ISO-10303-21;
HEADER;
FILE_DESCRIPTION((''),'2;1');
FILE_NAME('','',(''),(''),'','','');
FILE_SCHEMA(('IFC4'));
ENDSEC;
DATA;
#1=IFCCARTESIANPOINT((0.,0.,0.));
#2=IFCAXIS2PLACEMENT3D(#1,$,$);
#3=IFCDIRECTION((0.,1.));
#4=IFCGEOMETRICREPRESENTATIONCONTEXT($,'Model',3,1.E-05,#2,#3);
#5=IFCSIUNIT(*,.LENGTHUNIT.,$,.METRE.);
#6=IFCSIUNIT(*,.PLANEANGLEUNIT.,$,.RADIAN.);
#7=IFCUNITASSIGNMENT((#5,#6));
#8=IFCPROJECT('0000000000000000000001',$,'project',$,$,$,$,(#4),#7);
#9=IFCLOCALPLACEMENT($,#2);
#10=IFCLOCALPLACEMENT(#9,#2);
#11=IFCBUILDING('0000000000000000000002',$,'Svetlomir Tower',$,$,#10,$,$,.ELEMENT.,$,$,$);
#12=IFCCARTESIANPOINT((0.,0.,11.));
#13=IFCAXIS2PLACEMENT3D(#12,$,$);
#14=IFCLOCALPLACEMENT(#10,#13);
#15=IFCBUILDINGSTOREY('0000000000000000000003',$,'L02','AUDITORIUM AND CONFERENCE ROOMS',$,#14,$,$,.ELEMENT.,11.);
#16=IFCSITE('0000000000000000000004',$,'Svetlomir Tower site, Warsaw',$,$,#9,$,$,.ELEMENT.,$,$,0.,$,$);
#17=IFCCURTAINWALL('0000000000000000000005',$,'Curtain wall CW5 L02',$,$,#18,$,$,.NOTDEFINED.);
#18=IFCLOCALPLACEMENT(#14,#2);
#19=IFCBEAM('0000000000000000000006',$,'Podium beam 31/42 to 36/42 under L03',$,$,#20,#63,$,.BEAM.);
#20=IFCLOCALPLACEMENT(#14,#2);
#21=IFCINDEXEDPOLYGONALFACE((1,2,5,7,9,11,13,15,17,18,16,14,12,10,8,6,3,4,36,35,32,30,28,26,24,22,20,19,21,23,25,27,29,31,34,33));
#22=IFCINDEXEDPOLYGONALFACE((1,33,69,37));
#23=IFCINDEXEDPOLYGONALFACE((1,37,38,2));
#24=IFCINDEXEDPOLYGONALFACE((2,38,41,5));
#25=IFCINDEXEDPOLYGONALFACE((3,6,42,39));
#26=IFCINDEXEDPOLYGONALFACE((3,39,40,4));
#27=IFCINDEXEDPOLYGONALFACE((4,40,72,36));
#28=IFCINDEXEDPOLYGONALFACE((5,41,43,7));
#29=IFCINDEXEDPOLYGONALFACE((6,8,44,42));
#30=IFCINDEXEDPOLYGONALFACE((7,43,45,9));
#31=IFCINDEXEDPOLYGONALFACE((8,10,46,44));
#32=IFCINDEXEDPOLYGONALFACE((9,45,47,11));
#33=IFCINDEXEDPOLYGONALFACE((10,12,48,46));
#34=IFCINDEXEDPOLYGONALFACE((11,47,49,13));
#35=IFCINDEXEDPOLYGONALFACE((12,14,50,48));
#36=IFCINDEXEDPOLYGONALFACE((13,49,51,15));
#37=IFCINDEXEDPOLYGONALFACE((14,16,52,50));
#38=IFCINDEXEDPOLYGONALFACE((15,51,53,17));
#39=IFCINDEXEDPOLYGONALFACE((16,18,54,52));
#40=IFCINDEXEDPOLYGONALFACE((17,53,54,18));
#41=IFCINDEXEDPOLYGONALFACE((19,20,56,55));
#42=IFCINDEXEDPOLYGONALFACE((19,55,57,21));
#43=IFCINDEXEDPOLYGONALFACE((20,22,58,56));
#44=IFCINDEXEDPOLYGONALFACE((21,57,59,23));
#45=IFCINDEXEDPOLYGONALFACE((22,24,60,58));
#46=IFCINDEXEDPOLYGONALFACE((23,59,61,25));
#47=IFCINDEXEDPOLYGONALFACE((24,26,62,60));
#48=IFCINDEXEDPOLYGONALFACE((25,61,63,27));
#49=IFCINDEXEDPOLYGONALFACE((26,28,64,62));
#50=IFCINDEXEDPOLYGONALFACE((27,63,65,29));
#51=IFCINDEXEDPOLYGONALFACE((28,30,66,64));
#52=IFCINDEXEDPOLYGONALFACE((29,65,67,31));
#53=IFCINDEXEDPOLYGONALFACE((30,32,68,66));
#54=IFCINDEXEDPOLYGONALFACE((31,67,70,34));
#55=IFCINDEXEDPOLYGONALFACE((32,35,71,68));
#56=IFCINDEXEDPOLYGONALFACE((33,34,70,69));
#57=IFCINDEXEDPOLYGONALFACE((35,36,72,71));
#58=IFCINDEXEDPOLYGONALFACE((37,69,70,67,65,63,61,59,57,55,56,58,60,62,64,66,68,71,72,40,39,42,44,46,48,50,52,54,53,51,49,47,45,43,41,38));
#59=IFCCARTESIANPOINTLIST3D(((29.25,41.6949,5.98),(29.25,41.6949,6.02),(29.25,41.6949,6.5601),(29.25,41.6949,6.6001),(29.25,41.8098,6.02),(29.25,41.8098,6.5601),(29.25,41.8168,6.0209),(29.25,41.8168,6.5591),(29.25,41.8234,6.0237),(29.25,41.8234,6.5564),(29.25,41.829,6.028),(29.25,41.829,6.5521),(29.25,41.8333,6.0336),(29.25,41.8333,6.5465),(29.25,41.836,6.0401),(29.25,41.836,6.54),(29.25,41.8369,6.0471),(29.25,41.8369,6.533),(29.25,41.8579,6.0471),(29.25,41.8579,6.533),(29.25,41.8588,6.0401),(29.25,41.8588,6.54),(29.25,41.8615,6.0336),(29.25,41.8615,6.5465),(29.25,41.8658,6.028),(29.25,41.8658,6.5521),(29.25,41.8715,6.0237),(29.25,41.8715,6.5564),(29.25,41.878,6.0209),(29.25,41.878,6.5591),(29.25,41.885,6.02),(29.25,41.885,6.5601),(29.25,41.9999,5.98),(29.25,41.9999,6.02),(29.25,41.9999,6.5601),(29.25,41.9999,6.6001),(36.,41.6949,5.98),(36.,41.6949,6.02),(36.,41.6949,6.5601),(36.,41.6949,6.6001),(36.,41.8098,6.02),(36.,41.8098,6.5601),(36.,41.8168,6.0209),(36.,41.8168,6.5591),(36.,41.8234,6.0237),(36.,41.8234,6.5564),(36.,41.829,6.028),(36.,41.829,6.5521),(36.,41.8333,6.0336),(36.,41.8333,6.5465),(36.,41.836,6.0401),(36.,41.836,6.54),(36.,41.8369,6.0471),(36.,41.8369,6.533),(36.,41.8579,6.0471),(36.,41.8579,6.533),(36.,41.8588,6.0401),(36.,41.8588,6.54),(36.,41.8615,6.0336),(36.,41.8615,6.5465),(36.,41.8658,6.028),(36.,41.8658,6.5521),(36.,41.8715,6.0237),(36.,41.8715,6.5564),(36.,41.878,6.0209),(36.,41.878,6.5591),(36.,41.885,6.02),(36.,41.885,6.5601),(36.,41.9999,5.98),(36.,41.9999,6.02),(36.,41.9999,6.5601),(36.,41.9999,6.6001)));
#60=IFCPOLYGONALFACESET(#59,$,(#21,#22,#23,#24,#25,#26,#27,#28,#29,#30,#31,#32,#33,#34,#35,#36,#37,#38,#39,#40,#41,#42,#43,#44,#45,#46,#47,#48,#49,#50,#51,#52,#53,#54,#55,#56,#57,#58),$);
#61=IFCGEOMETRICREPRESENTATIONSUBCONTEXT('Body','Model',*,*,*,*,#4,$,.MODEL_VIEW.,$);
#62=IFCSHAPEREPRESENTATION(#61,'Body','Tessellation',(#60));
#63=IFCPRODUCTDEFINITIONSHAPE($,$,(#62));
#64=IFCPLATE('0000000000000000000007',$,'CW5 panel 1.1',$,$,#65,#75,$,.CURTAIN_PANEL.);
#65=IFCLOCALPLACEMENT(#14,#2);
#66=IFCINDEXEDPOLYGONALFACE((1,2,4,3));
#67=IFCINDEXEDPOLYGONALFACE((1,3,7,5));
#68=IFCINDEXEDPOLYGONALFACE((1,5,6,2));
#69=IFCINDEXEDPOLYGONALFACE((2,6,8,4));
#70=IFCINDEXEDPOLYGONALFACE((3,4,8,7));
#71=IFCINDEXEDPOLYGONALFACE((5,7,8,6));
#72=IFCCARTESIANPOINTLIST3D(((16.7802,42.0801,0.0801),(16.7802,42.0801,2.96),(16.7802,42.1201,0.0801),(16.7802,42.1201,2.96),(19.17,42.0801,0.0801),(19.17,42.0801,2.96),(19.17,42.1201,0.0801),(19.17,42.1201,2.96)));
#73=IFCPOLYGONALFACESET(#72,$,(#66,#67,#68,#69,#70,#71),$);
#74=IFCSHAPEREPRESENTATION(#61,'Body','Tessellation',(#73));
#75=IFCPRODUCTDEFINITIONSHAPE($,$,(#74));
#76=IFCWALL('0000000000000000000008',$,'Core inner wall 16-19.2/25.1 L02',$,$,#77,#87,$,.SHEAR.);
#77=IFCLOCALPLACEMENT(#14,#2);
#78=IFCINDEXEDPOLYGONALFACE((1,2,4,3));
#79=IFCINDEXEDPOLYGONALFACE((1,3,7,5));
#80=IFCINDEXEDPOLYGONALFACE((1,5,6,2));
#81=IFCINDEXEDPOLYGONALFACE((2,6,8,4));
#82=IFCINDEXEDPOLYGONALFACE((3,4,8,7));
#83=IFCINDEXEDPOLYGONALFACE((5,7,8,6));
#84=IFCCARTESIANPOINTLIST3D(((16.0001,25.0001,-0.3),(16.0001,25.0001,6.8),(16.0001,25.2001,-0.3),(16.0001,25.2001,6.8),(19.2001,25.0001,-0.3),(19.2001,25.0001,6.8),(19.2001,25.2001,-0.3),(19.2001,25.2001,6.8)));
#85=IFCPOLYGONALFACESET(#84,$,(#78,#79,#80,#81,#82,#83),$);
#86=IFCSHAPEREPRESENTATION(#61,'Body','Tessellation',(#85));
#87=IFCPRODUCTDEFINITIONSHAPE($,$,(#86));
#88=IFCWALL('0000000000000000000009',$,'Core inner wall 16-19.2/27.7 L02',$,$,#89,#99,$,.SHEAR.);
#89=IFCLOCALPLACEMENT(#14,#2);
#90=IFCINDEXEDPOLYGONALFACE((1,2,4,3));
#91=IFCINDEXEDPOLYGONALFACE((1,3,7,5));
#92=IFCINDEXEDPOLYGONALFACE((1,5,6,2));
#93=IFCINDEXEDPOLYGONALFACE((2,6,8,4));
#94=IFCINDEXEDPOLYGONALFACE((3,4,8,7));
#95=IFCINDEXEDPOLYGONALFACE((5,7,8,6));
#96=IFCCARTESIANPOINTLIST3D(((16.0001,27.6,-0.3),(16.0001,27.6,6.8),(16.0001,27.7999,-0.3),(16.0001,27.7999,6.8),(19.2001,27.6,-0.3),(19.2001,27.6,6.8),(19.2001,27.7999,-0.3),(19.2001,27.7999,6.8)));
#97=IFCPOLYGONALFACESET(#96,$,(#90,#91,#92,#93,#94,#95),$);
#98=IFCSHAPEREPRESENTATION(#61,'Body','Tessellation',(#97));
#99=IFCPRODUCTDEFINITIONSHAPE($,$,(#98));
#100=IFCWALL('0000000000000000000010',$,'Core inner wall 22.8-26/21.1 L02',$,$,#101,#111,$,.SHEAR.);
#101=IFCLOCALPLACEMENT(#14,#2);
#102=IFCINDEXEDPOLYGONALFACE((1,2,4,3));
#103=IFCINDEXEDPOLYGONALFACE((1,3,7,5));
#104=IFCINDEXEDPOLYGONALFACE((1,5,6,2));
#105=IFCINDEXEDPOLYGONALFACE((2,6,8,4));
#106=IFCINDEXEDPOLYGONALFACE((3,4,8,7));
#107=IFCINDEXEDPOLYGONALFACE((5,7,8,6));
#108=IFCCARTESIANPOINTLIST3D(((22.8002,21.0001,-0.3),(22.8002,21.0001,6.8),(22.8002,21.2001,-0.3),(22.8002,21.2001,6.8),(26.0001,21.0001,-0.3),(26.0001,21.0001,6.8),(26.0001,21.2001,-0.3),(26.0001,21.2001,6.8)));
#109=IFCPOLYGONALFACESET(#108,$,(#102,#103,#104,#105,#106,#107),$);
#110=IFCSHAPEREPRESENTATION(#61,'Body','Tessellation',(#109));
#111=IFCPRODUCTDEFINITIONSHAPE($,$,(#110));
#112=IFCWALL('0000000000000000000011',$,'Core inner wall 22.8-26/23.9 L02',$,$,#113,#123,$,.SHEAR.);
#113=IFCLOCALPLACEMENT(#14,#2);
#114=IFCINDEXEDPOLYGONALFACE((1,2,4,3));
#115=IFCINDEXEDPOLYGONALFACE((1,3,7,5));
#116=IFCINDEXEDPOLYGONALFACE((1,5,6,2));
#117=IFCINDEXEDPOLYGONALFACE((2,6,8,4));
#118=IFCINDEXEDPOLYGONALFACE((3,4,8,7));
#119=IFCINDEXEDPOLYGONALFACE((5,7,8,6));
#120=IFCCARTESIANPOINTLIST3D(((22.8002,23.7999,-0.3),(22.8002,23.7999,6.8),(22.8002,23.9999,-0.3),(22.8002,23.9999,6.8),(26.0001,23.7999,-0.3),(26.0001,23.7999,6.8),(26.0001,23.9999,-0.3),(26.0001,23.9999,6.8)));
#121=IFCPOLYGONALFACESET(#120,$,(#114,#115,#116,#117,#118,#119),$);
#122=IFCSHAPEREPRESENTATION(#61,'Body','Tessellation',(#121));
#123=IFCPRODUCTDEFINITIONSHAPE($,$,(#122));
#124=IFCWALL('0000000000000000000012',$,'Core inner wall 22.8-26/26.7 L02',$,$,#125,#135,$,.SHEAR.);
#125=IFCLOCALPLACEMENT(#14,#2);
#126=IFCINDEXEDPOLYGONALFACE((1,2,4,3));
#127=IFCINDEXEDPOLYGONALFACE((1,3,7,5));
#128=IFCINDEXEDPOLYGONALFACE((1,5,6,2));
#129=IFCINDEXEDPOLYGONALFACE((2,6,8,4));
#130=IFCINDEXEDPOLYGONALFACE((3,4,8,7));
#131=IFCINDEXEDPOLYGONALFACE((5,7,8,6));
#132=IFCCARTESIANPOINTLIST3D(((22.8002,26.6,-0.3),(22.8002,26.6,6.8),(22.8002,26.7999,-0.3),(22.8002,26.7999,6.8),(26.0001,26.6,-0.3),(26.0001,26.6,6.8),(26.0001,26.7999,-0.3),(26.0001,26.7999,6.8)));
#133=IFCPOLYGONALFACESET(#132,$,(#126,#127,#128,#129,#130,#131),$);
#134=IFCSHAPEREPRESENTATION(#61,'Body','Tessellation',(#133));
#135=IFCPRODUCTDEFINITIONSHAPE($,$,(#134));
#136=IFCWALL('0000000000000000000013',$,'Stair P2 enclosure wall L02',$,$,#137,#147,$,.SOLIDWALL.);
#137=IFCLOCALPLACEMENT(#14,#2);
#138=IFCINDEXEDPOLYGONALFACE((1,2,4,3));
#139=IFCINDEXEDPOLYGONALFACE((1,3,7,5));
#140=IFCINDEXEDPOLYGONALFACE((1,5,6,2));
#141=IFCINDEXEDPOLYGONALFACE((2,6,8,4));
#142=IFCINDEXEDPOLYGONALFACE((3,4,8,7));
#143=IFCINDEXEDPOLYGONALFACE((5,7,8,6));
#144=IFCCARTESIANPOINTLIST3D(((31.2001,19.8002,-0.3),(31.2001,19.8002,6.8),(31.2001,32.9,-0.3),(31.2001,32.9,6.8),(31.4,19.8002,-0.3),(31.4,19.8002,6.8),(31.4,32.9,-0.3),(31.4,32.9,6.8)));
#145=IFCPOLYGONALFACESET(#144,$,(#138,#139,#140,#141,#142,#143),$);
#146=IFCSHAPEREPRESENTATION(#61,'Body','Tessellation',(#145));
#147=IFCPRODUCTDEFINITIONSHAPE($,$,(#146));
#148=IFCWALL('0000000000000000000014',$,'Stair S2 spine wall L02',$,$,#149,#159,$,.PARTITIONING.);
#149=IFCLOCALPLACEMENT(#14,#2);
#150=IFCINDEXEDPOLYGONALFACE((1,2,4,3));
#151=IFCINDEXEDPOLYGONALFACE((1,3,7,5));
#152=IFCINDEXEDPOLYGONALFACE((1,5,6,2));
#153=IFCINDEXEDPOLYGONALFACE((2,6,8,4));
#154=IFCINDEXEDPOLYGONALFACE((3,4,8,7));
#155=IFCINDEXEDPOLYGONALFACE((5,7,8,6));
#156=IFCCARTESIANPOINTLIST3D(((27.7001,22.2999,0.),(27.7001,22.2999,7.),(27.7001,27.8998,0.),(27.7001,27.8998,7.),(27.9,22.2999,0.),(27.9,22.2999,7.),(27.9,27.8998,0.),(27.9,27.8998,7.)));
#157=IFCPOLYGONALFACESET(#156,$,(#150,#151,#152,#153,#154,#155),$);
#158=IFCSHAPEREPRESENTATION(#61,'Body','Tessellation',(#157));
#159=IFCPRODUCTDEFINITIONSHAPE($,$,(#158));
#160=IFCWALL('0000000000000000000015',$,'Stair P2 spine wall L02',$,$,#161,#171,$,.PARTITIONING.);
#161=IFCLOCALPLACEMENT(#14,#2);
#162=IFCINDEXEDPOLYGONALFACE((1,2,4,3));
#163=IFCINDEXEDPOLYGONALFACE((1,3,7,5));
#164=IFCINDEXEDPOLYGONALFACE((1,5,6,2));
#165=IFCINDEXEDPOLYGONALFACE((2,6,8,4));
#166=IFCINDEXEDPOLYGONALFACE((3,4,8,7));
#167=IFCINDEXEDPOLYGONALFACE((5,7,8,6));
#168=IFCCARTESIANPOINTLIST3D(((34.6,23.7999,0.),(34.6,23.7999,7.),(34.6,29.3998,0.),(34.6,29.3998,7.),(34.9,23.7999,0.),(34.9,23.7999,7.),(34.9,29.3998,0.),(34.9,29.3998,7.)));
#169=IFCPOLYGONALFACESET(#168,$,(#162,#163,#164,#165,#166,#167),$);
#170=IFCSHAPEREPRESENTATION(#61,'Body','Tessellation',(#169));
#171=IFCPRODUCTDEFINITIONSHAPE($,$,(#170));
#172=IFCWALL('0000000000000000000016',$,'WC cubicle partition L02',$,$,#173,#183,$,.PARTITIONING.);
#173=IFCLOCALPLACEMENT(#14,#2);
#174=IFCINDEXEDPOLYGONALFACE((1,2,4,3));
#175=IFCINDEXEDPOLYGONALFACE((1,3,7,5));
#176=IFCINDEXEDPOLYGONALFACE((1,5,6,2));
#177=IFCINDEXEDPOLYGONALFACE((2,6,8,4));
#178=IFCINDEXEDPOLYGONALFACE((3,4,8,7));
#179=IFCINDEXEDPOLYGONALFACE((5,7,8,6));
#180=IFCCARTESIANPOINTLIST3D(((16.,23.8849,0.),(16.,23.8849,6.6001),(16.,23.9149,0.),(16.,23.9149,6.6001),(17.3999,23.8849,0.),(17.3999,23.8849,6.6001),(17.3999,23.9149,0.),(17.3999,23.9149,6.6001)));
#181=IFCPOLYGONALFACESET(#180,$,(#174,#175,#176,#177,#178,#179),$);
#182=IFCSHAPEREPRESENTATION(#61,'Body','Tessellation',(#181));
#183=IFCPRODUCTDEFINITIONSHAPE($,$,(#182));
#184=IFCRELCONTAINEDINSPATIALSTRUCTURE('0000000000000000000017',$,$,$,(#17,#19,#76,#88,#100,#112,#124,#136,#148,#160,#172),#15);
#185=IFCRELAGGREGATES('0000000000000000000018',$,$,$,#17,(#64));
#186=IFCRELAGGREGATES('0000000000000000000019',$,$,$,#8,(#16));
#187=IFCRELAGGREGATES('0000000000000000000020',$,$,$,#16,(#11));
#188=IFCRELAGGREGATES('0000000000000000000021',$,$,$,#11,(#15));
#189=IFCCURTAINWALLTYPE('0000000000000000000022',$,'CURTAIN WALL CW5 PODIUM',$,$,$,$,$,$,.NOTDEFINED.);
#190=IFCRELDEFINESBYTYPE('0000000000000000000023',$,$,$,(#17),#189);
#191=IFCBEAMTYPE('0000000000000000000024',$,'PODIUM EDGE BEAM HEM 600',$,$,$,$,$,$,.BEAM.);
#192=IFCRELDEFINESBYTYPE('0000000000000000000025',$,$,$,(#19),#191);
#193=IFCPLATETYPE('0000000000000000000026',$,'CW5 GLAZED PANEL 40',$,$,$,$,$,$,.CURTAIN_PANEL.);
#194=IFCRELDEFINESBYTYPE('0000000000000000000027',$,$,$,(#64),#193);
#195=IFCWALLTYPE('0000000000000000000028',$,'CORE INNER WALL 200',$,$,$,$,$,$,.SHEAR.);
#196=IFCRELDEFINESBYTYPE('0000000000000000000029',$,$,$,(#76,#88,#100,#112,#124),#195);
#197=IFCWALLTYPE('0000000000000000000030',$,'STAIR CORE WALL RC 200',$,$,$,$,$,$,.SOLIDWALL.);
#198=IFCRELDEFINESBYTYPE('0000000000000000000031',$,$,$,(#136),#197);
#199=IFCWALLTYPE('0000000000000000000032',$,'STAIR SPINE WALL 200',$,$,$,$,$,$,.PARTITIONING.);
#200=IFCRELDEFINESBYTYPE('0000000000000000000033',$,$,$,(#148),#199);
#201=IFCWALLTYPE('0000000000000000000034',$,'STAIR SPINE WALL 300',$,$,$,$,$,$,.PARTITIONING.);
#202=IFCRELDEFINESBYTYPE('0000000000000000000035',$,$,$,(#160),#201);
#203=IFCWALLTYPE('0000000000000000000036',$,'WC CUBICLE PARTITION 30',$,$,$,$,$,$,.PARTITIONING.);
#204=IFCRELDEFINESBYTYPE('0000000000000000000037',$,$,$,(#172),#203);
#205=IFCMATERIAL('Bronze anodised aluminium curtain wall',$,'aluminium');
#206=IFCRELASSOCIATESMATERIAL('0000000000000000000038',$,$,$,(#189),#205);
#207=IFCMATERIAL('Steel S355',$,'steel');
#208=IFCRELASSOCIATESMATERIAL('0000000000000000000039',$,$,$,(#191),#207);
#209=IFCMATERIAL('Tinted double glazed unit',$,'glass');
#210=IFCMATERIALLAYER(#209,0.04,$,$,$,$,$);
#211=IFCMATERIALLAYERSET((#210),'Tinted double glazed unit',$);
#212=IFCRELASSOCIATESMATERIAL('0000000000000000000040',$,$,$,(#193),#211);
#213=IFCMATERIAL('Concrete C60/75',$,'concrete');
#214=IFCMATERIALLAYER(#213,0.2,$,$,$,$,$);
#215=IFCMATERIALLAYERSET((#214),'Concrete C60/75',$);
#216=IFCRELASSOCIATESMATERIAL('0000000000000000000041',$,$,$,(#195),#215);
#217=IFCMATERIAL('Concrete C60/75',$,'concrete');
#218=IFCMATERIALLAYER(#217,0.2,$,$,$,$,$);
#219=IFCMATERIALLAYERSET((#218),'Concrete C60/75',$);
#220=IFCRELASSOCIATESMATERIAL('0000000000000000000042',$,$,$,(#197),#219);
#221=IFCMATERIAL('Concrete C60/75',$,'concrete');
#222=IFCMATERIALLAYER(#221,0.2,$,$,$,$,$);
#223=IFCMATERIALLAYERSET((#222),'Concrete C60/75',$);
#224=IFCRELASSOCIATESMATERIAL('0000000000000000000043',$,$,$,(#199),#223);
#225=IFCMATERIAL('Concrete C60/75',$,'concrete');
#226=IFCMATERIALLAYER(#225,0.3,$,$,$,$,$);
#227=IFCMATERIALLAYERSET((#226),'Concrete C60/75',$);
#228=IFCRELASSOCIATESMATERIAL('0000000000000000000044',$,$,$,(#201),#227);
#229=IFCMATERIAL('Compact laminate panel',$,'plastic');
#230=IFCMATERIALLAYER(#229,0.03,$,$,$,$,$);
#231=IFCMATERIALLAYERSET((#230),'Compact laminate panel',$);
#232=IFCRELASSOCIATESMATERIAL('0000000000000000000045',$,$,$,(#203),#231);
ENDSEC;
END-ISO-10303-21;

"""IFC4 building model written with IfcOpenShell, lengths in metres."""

from ifc_helpers import new_model, si_unit, direction, frame, frame_2d, origin, origin_2d, place, context, subcontext, project, spatial, rectangle, i_section, extrude, material, layer, layer_set, material_profile, profile_set, type_object, element, aggregate, save


model = new_model("IFC4")

# Units and contexts
model_context = context("Model", 3, precision=1e-05, world=origin(), true_north=direction((0.0, 1.0)))
body_context = subcontext(model_context, "Body", "Model", "MODEL_VIEW")
ifc_project = project(units=[si_unit("LENGTHUNIT", "METRE"), si_unit("PLANEANGLEUNIT", "RADIAN")], contexts=[model_context])

# Site, building, storey
site_placement = place(None, origin())
site = spatial("IfcSite", under=ifc_project, at=site_placement, Name="Svetlomir Tower site, Warsaw", CompositionType="ELEMENT", RefElevation=0.0)
building_placement = place(site_placement, origin())
building = spatial("IfcBuilding", under=site, at=building_placement, Name="Svetlomir Tower", CompositionType="ELEMENT")
storey_placement = place(building_placement, frame((0.0, 0.0, 11.0)))
storey = spatial("IfcBuildingStorey", under=building, at=storey_placement, Name="L02", Description="AUDITORIUM AND CONFERENCE ROOMS", CompositionType="ELEMENT", Elevation=11.0)

# Curtain wall
ifc_material_1 = material(Name="Bronze anodised aluminium curtain wall", Category="aluminium")
curtain_wall_type = type_object("IfcCurtainWallType", Name="CURTAIN WALL CW5 PODIUM", PredefinedType="NOTDEFINED", material=ifc_material_1)
curtain_wall_placement = place(storey_placement, origin())
curtain_wall = element("IfcCurtainWall", 1, at=curtain_wall_placement, inside=storey, type_object=curtain_wall_type, Name="Curtain wall CW5 L02", PredefinedType="NOTDEFINED")

# Beam
ifc_material_2 = material(Name="Steel S355", Category="steel")
ifc_material_profile_1 = material_profile(ifc_material_2, i_section(OverallWidth=0.3049, OverallDepth=0.6201, WebThickness=0.021, FlangeThickness=0.04, FilletRadius=0.0271, at=origin_2d()), Name="HEM 600")
ifc_profile_set_1 = profile_set([ifc_material_profile_1], Name="Steel S355")
beam_type = type_object("IfcBeamType", Name="PODIUM EDGE BEAM HEM 600", PredefinedType="BEAM", material=ifc_profile_set_1)
beam_1_placement = place(storey_placement, frame((29.25, 41.8474, 6.29), z_axis=(1.0, 0.0, 0.0), x_axis=(0.0, 1.0, 0.0)))
element("IfcBeam", 2, at=beam_1_placement, inside=storey, type_object=beam_type, Name="Podium beam 31/42 to 36/42 under L03", PredefinedType="BEAM", context=body_context, shape_type="SweptSolid", body=[
    extrude(i_section(OverallWidth=0.3049, OverallDepth=0.6201, WebThickness=0.021, FlangeThickness=0.04, FilletRadius=0.0271, at=origin_2d()), origin(), (0.0, 0.0, 1.0), 6.75),
])

# Plate
ifc_material_3 = material(Name="Tinted double glazed unit", Category="glass")
ifc_layer_1 = layer(ifc_material_3, 0.04)
ifc_layer_set_1 = layer_set([ifc_layer_1], Name="Tinted double glazed unit")
plate_type = type_object("IfcPlateType", Name="CW5 GLAZED PANEL 40", PredefinedType="CURTAIN_PANEL", material=ifc_layer_set_1)
plate_placement = place(storey_placement, frame((17.9751, 42.1001, 0.0801), z_axis=(0.0, 0.0, 1.0), x_axis=(-1.0, 0.0, 0.0)))
plate = element("IfcPlate", 3, at=plate_placement, type_object=plate_type, Name="CW5 panel 1.1", PredefinedType="CURTAIN_PANEL", context=body_context, shape_type="SweptSolid", body=[
    extrude(rectangle(XDim=2.3899, YDim=0.04, at=origin_2d()), origin(), (0.0, 0.0, 1.0), 2.8799),
])
aggregate(curtain_wall, [plate])

# Walls
ifc_material_4 = material(Name="Concrete C60/75", Category="concrete")
ifc_layer_2 = layer(ifc_material_4, 0.2)
ifc_layer_set_2 = layer_set([ifc_layer_2], Name="Concrete C60/75")
wall_type_1 = type_object("IfcWallType", Name="CORE INNER WALL 200", PredefinedType="SHEAR", material=ifc_layer_set_2)
for number, where, z_axis, x_axis, name in (
    (4, (16.0, 25.1001, -0.3), (0.0, 0.0, 1.0), (1.0, 0.0, 0.0), "Core inner wall 16-19.2/25.1 L02"),
    (5, (16.0, 27.7, -0.3), (0.0, 0.0, 1.0), (1.0, 0.0, 0.0), "Core inner wall 16-19.2/27.7 L02"),
    (6, (22.8, 21.1001, -0.3), (0.0, 0.0, 1.0), (1.0, 0.0, 0.0), "Core inner wall 22.8-26/21.1 L02"),
    (7, (22.8, 23.8999, -0.3), (0.0, 0.0, 1.0), (1.0, 0.0, 0.0), "Core inner wall 22.8-26/23.9 L02"),
    (8, (22.8, 26.7, -0.3), (0.0, 0.0, 1.0), (1.0, 0.0, 0.0), "Core inner wall 22.8-26/26.7 L02"),
):
    element("IfcWall", number, at=place(storey_placement, frame(where, z_axis=z_axis, x_axis=x_axis)), inside=storey, type_object=wall_type_1, Name=name, PredefinedType="SHEAR", context=body_context, shape_type="SweptSolid", body=[
        extrude(rectangle(XDim=3.2, YDim=0.2, at=frame_2d((1.6001, 0.0))), origin(), (0.0, 0.0, 1.0), 7.1001),
    ])
ifc_material_5 = material(Name="Concrete C60/75", Category="concrete")
ifc_layer_3 = layer(ifc_material_5, 0.2)
ifc_layer_set_3 = layer_set([ifc_layer_3], Name="Concrete C60/75")
wall_type_2 = type_object("IfcWallType", Name="STAIR CORE WALL RC 200", PredefinedType="SOLIDWALL", material=ifc_layer_set_3)
wall_1_placement = place(storey_placement, frame((31.3, 32.8999, -0.3), z_axis=(0.0, 0.0, 1.0), x_axis=(0.0, -1.0, 0.0)))
element("IfcWall", 9, at=wall_1_placement, inside=storey, type_object=wall_type_2, Name="Stair P2 enclosure wall L02", PredefinedType="SOLIDWALL", context=body_context, shape_type="SweptSolid", body=[
    extrude(rectangle(XDim=13.0999, YDim=0.2, at=frame_2d((6.5498, 0.0))), origin(), (0.0, 0.0, 1.0), 7.1001),
])
ifc_material_6 = material(Name="Concrete C60/75", Category="concrete")
ifc_layer_4 = layer(ifc_material_6, 0.2)
ifc_layer_set_4 = layer_set([ifc_layer_4], Name="Concrete C60/75")
wall_type_3 = type_object("IfcWallType", Name="STAIR SPINE WALL 200", PredefinedType="PARTITIONING", material=ifc_layer_set_4)
wall_2_placement = place(storey_placement, frame((27.8, 22.3, 0.0), z_axis=(0.0, 0.0, 1.0), x_axis=(0.0, 1.0, 0.0)))
element("IfcWall", 10, at=wall_2_placement, inside=storey, type_object=wall_type_3, Name="Stair S2 spine wall L02", PredefinedType="PARTITIONING", context=body_context, shape_type="SweptSolid", body=[
    extrude(rectangle(XDim=5.5999, YDim=0.2, at=frame_2d((2.7998, 0.0))), origin(), (0.0, 0.0, 1.0), 7.0),
])
ifc_material_7 = material(Name="Concrete C60/75", Category="concrete")
ifc_layer_5 = layer(ifc_material_7, 0.3)
ifc_layer_set_5 = layer_set([ifc_layer_5], Name="Concrete C60/75")
wall_type_4 = type_object("IfcWallType", Name="STAIR SPINE WALL 300", PredefinedType="PARTITIONING", material=ifc_layer_set_5)
wall_3_placement = place(storey_placement, frame((34.75, 23.8, 0.0), z_axis=(0.0, 0.0, 1.0), x_axis=(0.0, 1.0, 0.0)))
element("IfcWall", 11, at=wall_3_placement, inside=storey, type_object=wall_type_4, Name="Stair P2 spine wall L02", PredefinedType="PARTITIONING", context=body_context, shape_type="SweptSolid", body=[
    extrude(rectangle(XDim=5.5999, YDim=0.3, at=frame_2d((2.7998, 0.0))), origin(), (0.0, 0.0, 1.0), 7.0),
])
ifc_material_8 = material(Name="Compact laminate panel", Category="plastic")
ifc_layer_6 = layer(ifc_material_8, 0.03)
ifc_layer_set_6 = layer_set([ifc_layer_6], Name="Compact laminate panel")
wall_type_5 = type_object("IfcWallType", Name="WC CUBICLE PARTITION 30", PredefinedType="PARTITIONING", material=ifc_layer_set_6)
wall_4_placement = place(storey_placement, frame((16.0, 23.8999, 0.0), z_axis=(0.0, 0.0, 1.0), x_axis=(1.0, 0.0, 0.0)))
element("IfcWall", 12, at=wall_4_placement, inside=storey, type_object=wall_type_5, Name="WC cubicle partition L02", PredefinedType="PARTITIONING", context=body_context, shape_type="SweptSolid", body=[
    extrude(rectangle(XDim=1.3999, YDim=0.03, at=frame_2d((0.7, 0.0))), origin(), (0.0, 0.0, 1.0), 6.6001),
])

save(model, "model.ifc")
